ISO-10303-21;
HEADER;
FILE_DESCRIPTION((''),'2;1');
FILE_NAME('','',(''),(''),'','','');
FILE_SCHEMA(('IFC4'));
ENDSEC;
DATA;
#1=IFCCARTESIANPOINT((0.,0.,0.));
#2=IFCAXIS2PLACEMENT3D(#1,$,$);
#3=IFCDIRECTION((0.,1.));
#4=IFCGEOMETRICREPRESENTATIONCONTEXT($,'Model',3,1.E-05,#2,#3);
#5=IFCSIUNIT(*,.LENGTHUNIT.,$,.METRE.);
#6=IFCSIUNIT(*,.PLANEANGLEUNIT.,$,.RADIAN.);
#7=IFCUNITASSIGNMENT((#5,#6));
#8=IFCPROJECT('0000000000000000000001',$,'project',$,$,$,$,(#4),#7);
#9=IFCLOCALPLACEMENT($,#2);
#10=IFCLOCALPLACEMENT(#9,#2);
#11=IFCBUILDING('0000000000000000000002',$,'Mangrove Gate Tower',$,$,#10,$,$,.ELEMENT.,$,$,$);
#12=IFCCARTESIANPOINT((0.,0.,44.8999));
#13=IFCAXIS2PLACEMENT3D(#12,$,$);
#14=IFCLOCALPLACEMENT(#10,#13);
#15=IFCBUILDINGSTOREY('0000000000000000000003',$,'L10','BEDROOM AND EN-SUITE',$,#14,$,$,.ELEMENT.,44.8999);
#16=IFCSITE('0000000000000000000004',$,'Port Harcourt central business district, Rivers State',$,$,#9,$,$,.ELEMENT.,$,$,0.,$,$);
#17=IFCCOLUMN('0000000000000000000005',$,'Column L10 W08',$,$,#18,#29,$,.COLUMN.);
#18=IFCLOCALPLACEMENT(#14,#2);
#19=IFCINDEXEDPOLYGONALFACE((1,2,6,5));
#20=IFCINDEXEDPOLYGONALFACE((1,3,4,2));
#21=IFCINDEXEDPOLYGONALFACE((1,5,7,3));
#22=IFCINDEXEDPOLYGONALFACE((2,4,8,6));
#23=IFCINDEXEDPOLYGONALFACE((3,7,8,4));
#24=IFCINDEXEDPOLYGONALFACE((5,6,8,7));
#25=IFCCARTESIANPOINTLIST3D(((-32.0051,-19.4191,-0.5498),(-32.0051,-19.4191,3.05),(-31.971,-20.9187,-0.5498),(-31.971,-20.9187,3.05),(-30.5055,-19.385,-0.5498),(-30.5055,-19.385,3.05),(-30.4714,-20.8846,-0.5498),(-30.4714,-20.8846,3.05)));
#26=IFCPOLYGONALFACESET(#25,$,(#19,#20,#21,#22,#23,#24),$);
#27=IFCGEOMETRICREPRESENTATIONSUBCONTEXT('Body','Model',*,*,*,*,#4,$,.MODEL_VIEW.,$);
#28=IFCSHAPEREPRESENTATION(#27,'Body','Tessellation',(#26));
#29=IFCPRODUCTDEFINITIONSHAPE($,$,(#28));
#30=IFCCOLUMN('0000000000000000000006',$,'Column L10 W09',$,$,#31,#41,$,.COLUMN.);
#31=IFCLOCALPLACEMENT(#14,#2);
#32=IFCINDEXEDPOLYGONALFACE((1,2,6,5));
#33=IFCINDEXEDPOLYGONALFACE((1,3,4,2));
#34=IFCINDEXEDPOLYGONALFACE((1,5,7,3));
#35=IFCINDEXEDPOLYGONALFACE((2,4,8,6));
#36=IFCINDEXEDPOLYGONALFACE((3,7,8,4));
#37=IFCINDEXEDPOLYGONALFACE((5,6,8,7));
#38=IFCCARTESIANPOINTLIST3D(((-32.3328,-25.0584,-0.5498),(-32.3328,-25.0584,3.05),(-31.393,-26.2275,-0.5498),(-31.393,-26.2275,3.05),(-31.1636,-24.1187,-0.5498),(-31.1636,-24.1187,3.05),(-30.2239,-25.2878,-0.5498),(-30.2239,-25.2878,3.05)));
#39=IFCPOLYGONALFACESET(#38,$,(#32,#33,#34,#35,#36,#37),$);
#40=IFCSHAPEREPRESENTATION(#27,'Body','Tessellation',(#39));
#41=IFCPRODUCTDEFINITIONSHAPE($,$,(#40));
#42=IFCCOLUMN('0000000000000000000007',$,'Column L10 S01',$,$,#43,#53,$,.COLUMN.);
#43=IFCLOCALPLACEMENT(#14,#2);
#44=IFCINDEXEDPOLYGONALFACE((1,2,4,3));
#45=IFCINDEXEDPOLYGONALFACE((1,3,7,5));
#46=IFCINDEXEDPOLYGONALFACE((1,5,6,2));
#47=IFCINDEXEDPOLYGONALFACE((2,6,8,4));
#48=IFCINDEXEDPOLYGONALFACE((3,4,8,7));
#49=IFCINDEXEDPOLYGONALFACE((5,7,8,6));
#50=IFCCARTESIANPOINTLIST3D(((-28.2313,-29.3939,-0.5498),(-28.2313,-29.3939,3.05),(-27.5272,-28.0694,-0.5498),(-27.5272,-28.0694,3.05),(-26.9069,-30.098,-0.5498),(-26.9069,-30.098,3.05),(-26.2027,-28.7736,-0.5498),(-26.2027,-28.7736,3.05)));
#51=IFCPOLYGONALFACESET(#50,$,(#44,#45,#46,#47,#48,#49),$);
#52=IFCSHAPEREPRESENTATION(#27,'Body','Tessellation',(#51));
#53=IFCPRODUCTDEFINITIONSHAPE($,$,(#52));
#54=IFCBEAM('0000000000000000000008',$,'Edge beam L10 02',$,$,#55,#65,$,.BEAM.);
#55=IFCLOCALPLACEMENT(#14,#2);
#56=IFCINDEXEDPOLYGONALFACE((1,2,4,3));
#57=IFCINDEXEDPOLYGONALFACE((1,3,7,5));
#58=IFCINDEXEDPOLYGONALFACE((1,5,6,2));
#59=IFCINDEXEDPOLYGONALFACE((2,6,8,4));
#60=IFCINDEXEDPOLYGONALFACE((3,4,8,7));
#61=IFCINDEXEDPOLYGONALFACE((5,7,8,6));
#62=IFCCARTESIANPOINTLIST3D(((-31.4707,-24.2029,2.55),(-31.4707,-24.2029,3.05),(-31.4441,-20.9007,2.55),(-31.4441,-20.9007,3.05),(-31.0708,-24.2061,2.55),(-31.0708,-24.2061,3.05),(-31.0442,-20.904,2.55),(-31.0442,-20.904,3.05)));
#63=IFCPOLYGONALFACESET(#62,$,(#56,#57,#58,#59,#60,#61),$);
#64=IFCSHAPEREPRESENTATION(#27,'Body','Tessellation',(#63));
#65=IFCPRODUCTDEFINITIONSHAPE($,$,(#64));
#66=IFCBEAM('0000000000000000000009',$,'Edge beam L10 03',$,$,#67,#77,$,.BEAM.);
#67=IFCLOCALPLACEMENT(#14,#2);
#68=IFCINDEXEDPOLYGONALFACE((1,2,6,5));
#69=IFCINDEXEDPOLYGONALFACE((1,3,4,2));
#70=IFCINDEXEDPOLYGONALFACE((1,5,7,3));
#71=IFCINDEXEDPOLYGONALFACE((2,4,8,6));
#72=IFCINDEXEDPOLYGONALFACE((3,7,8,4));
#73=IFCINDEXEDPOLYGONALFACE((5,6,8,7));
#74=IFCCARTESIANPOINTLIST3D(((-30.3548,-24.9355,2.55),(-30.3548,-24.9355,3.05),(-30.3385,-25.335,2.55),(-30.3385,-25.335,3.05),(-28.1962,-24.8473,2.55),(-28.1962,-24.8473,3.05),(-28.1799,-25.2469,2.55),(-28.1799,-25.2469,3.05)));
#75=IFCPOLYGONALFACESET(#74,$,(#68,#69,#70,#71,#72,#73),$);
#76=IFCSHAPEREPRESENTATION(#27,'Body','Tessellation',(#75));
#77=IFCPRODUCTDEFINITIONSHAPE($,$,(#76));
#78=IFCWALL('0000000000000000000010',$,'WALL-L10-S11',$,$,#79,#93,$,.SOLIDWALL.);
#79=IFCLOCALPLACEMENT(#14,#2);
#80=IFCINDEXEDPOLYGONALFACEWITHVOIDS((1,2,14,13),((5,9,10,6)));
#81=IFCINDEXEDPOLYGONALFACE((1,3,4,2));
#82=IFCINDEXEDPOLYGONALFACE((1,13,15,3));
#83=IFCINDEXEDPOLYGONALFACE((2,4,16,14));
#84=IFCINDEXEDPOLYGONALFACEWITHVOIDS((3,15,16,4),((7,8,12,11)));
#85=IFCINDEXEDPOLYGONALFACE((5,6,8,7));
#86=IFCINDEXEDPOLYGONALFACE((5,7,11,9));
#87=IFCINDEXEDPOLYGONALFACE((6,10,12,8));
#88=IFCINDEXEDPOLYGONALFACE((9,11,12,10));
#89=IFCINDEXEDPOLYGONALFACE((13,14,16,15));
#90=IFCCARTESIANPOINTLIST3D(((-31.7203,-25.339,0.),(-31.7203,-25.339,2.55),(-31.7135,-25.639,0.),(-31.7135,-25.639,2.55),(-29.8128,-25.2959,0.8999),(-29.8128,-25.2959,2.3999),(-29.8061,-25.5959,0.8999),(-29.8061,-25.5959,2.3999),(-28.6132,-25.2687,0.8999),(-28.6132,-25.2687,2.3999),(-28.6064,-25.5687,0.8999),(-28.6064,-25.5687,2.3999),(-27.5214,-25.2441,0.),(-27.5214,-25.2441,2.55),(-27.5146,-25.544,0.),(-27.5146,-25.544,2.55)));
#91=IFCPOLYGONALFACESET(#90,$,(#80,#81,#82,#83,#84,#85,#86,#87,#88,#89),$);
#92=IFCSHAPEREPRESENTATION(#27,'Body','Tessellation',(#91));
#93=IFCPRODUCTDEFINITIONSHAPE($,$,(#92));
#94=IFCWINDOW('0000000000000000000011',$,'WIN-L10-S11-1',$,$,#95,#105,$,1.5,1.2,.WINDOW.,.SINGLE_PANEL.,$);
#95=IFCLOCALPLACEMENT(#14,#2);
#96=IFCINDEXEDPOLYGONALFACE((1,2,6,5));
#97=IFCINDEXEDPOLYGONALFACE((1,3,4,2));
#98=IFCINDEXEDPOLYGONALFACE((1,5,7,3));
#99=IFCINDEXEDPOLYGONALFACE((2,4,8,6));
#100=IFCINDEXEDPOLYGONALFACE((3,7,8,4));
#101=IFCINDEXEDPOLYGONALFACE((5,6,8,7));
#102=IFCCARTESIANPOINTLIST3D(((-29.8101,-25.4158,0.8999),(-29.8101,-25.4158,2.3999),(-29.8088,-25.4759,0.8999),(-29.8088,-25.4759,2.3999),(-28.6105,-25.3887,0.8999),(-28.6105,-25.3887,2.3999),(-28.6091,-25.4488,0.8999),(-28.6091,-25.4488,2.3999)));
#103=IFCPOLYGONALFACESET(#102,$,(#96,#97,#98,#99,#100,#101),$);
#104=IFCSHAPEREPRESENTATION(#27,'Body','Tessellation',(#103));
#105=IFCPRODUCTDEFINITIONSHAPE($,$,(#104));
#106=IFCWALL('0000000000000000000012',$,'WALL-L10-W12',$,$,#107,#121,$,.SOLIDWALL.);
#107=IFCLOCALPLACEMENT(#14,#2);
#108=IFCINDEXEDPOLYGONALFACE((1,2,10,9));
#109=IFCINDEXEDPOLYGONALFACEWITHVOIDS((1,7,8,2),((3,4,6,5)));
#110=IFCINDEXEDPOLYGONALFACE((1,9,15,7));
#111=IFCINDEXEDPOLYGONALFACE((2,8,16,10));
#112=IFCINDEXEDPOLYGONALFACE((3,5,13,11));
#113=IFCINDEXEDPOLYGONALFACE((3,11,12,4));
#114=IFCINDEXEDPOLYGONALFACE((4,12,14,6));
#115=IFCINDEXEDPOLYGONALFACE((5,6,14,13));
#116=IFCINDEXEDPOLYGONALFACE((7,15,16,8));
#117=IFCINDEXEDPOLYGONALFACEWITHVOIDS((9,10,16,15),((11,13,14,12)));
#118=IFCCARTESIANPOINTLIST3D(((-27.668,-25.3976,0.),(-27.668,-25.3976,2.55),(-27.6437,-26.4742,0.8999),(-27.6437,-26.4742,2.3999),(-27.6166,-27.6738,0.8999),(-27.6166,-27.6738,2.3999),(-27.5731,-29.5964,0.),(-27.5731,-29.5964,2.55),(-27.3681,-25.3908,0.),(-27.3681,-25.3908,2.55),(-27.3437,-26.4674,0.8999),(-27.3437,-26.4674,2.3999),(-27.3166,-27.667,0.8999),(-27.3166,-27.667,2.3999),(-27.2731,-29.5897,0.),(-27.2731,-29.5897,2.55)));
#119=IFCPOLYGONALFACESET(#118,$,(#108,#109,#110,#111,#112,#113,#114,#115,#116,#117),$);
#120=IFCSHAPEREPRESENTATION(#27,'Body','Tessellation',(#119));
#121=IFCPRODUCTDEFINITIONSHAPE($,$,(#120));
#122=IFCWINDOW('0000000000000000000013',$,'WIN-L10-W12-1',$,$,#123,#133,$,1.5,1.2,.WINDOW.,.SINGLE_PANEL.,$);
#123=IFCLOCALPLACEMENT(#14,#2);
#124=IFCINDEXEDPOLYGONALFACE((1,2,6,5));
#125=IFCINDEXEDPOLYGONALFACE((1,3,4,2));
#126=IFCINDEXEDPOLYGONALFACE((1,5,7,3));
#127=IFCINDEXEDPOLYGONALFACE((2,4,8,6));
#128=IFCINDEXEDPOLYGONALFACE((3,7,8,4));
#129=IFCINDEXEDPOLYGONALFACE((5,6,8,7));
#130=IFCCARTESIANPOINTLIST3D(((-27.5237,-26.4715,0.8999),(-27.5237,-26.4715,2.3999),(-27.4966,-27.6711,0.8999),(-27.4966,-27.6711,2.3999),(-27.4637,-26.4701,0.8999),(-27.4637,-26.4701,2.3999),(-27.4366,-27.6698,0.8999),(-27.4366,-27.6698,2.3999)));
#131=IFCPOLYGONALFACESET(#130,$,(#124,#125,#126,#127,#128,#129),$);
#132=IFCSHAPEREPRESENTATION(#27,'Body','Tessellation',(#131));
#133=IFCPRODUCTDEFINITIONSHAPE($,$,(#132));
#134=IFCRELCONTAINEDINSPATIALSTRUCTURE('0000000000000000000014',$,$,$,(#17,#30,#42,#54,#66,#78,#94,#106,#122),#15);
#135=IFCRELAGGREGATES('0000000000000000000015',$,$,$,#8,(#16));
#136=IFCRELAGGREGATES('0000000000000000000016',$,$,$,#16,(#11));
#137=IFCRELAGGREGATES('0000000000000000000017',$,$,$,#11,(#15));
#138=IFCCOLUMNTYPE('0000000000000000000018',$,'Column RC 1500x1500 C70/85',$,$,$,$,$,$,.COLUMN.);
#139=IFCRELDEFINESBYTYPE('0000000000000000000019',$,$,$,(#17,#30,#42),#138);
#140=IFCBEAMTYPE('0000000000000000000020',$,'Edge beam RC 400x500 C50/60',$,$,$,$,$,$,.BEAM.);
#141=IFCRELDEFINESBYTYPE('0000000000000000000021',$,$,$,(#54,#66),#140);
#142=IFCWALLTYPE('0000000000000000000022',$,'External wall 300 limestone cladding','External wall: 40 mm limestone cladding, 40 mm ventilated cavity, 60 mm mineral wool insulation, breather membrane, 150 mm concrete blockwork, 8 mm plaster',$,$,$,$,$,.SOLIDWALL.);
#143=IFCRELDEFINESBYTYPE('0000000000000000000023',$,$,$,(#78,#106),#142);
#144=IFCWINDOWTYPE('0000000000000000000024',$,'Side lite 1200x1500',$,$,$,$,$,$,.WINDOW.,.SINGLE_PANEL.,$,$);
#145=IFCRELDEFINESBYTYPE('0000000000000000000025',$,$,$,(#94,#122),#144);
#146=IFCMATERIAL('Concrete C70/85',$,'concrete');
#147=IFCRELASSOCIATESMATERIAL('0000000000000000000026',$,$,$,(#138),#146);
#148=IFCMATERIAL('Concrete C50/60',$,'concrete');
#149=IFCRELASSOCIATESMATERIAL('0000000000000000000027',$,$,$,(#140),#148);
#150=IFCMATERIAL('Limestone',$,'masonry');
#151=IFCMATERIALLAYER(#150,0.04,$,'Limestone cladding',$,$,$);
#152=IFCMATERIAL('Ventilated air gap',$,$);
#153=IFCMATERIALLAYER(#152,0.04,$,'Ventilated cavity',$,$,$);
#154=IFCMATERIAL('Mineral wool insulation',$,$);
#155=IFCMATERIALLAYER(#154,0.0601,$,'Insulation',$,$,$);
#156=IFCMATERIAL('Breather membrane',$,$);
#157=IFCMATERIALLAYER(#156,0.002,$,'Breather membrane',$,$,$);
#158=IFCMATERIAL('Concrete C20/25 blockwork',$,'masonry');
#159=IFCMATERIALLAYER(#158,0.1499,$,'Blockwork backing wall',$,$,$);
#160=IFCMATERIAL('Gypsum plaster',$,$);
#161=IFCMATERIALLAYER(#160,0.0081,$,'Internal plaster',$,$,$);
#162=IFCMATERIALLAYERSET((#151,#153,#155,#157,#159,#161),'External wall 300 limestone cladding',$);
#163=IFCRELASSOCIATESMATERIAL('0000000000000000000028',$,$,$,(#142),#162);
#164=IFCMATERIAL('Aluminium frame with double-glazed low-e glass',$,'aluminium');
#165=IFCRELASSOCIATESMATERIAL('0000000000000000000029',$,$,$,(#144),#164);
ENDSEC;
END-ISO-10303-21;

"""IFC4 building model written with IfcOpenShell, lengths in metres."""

from ifc_helpers import new_model, si_unit, direction, frame, frame_2d, origin, origin_2d, place, context, subcontext, project, spatial, rectangle, extrude, material, layer, layer_set, material_profile, profile_set, type_object, element, fill, save


model = new_model("IFC4")

# Units and contexts
model_context = context("Model", 3, precision=1e-05, world=origin(), true_north=direction((0.0, 1.0)))
body_context = subcontext(model_context, "Body", "Model", "MODEL_VIEW")
ifc_project = project(units=[si_unit("LENGTHUNIT", "METRE"), si_unit("PLANEANGLEUNIT", "RADIAN")], contexts=[model_context])

# Site, building, storey
site_placement = place(None, origin())
site = spatial("IfcSite", under=ifc_project, at=site_placement, Name="Port Harcourt central business district, Rivers State", CompositionType="ELEMENT", RefElevation=0.0)
building_placement = place(site_placement, origin())
building = spatial("IfcBuilding", under=site, at=building_placement, Name="Mangrove Gate Tower", CompositionType="ELEMENT")
storey_placement = place(building_placement, frame((0.0, 0.0, 44.8999)))
storey = spatial("IfcBuildingStorey", under=building, at=storey_placement, Name="L10", Description="BEDROOM AND EN-SUITE", CompositionType="ELEMENT", Elevation=44.8999)

# Columns
ifc_material_1 = material(Name="Concrete C70/85", Category="concrete")
ifc_material_profile_1 = material_profile(ifc_material_1, rectangle(XDim=1.5, YDim=1.5, at=origin_2d()))
ifc_profile_set_1 = profile_set([ifc_material_profile_1], Name="Concrete C70/85")
column_type = type_object("IfcColumnType", Name="Column RC 1500x1500 C70/85", PredefinedType="COLUMN", material=ifc_profile_set_1)
for number, where, z_axis, x_axis, name in (
    (1, (-31.2383, -20.1519, -0.5498), (0.0, 0.0, 1.0), (0.02274, -0.999741, 0.0), "Column L10 W08"),
    (2, (-31.2783, -25.1731, -0.5498), (0.0, 0.0, 1.0), (0.626514, -0.77941, 0.0), "Column L10 W09"),
    (3, (-27.217, -29.0837, -0.5498), (0.0, 0.0, 1.0), (0.882965, -0.469439, 0.0), "Column L10 S01"),
):
    element("IfcColumn", number, at=place(storey_placement, frame(where, z_axis=z_axis, x_axis=x_axis)), inside=storey, type_object=column_type, Name=name, PredefinedType="COLUMN", context=body_context, shape_type="SweptSolid", body=[
        extrude(rectangle(XDim=1.5, YDim=1.5, at=origin_2d()), origin(), (0.0, 0.0, 1.0), 3.5999),
    ])

# Beams
ifc_material_2 = material(Name="Concrete C50/60", Category="concrete")
ifc_material_profile_2 = material_profile(ifc_material_2, rectangle(XDim=0.3999, YDim=0.5, at=origin_2d()))
ifc_profile_set_2 = profile_set([ifc_material_profile_2], Name="Concrete C50/60")
beam_type = type_object("IfcBeamType", Name="Edge beam RC 400x500 C50/60", PredefinedType="BEAM", material=ifc_profile_set_2)
beam_1_placement = place(storey_placement, frame((-31.2441, -20.9023, 2.8), z_axis=(-0.008058, -0.999968, 0.0), x_axis=(0.999968, -0.008058, 0.0)))
element("IfcBeam", 4, at=beam_1_placement, inside=storey, type_object=beam_type, Name="Edge beam L10 02", PredefinedType="BEAM", context=body_context, shape_type="SweptSolid", body=[
    extrude(rectangle(XDim=0.3999, YDim=0.5, at=origin_2d()), origin(), (0.0, 0.0, 1.0), 3.3022),
])
beam_2_placement = place(storey_placement, frame((-30.3467, -25.1353, 2.8), z_axis=(0.999168, 0.040794, 0.0), x_axis=(-0.040794, 0.999168, 0.0)))
element("IfcBeam", 5, at=beam_2_placement, inside=storey, type_object=beam_type, Name="Edge beam L10 03", PredefinedType="BEAM", context=body_context, shape_type="SweptSolid", body=[
    extrude(rectangle(XDim=0.3999, YDim=0.5, at=origin_2d()), origin(), (0.0, 0.0, 1.0), 2.1604),
])

# Walls, openings, windows
ifc_material_3 = material(Name="Limestone", Category="masonry")
ifc_layer_1 = layer(ifc_material_3, 0.04, Name="Limestone cladding")
ifc_material_4 = material(Name="Ventilated air gap")
ifc_layer_2 = layer(ifc_material_4, 0.04, Name="Ventilated cavity")
ifc_material_5 = material(Name="Mineral wool insulation")
ifc_layer_3 = layer(ifc_material_5, 0.0601, Name="Insulation")
ifc_material_6 = material(Name="Breather membrane")
ifc_layer_4 = layer(ifc_material_6, 0.002, Name="Breather membrane")
ifc_material_7 = material(Name="Concrete C20/25 blockwork", Category="masonry")
ifc_layer_5 = layer(ifc_material_7, 0.1499, Name="Blockwork backing wall")
ifc_material_8 = material(Name="Gypsum plaster")
ifc_layer_6 = layer(ifc_material_8, 0.0081, Name="Internal plaster")
ifc_layer_set = layer_set([ifc_layer_1, ifc_layer_2, ifc_layer_3, ifc_layer_4, ifc_layer_5, ifc_layer_6], Name="External wall 300 limestone cladding")
wall_type = type_object("IfcWallType", Name="External wall 300 limestone cladding", Description="External wall: 40 mm limestone cladding, 40 mm ventilated cavity, 60 mm mineral wool insulation, breather membrane, 150 mm concrete blockwork, 8 mm plaster", PredefinedType="SOLIDWALL", material=ifc_layer_set)
wall_1_placement = place(storey_placement, frame((-31.717, -25.489, 0.0), z_axis=(0.0, 0.0, 1.0), x_axis=(0.999744, 0.022612, 0.0)))
wall_1 = element("IfcWall", 6, at=wall_1_placement, inside=storey, type_object=wall_type, Name="WALL-L10-S11", PredefinedType="SOLIDWALL", context=body_context, shape_type="SweptSolid", body=[
    extrude(rectangle(XDim=4.2, YDim=0.3, at=frame_2d((2.1001, 0.0))), origin(), (0.0, 0.0, 1.0), 2.55),
])
opening_1_placement = place(wall_1_placement, frame((1.908, 0.0, 0.8999)))
opening_1 = element("IfcOpeningElement", 7, at=opening_1_placement, cuts=wall_1, PredefinedType="OPENING", context=body_context, shape_type="SweptSolid", body=[
    extrude(rectangle(XDim=1.2, YDim=1.5, at=frame_2d((0.6001, 0.75))), frame((0.0, 0.1599, 0.0), z_axis=(0.0, -1.0, 0.0), x_axis=(1.0, 0.0, 0.0)), (0.0, 0.0, 1.0), 0.3201),
])
ifc_material_9 = material(Name="Aluminium frame with double-glazed low-e glass", Category="aluminium")
window_type_1 = type_object("IfcWindowType", Name="Side lite 1200x1500", PartitioningType="SINGLE_PANEL", PredefinedType="WINDOW", material=ifc_material_9)
window_1_placement = place(opening_1_placement, origin())
window_1 = element("IfcWindow", 8, at=window_1_placement, inside=storey, type_object=window_type_1, Name="WIN-L10-S11-1", OverallHeight=1.5, OverallWidth=1.2, PartitioningType="SINGLE_PANEL", PredefinedType="WINDOW", context=body_context, shape_type="SweptSolid", body=[
    extrude(rectangle(XDim=1.2, YDim=1.5, at=frame_2d((0.6001, 0.75))), frame((0.0, 0.03, 0.0), z_axis=(0.0, -1.0, 0.0), x_axis=(1.0, 0.0, 0.0)), (0.0, 0.0, 1.0), 0.0601),
])
fill(opening_1, window_1)
wall_2_placement = place(storey_placement, frame((-27.5181, -25.394, 0.0), z_axis=(0.0, 0.0, 1.0), x_axis=(0.022612, -0.999744, 0.0)))
wall_2 = element("IfcWall", 9, at=wall_2_placement, inside=storey, type_object=wall_type, Name="WALL-L10-W12", PredefinedType="SOLIDWALL", context=body_context, shape_type="SweptSolid", body=[
    extrude(rectangle(XDim=4.2, YDim=0.3, at=frame_2d((2.1001, 0.0))), origin(), (0.0, 0.0, 1.0), 2.55),
])
opening_2_placement = place(wall_2_placement, frame((1.0769, 0.0, 0.8999)))
opening_2 = element("IfcOpeningElement", 10, at=opening_2_placement, cuts=wall_2, PredefinedType="OPENING", context=body_context, shape_type="SweptSolid", body=[
    extrude(rectangle(XDim=1.2, YDim=1.5, at=frame_2d((0.6001, 0.75))), frame((0.0, 0.1599, 0.0), z_axis=(0.0, -1.0, 0.0), x_axis=(1.0, 0.0, 0.0)), (0.0, 0.0, 1.0), 0.3201),
])
window_2_placement = place(opening_2_placement, origin())
window_2 = element("IfcWindow", 11, at=window_2_placement, inside=storey, type_object=window_type_1, Name="WIN-L10-W12-1", OverallHeight=1.5, OverallWidth=1.2, PartitioningType="SINGLE_PANEL", PredefinedType="WINDOW", context=body_context, shape_type="SweptSolid", body=[
    extrude(rectangle(XDim=1.2, YDim=1.5, at=frame_2d((0.6001, 0.75))), frame((0.0, 0.03, 0.0), z_axis=(0.0, -1.0, 0.0), x_axis=(1.0, 0.0, 0.0)), (0.0, 0.0, 1.0), 0.0601),
])
fill(opening_2, window_2)

save(model, "model.ifc")
